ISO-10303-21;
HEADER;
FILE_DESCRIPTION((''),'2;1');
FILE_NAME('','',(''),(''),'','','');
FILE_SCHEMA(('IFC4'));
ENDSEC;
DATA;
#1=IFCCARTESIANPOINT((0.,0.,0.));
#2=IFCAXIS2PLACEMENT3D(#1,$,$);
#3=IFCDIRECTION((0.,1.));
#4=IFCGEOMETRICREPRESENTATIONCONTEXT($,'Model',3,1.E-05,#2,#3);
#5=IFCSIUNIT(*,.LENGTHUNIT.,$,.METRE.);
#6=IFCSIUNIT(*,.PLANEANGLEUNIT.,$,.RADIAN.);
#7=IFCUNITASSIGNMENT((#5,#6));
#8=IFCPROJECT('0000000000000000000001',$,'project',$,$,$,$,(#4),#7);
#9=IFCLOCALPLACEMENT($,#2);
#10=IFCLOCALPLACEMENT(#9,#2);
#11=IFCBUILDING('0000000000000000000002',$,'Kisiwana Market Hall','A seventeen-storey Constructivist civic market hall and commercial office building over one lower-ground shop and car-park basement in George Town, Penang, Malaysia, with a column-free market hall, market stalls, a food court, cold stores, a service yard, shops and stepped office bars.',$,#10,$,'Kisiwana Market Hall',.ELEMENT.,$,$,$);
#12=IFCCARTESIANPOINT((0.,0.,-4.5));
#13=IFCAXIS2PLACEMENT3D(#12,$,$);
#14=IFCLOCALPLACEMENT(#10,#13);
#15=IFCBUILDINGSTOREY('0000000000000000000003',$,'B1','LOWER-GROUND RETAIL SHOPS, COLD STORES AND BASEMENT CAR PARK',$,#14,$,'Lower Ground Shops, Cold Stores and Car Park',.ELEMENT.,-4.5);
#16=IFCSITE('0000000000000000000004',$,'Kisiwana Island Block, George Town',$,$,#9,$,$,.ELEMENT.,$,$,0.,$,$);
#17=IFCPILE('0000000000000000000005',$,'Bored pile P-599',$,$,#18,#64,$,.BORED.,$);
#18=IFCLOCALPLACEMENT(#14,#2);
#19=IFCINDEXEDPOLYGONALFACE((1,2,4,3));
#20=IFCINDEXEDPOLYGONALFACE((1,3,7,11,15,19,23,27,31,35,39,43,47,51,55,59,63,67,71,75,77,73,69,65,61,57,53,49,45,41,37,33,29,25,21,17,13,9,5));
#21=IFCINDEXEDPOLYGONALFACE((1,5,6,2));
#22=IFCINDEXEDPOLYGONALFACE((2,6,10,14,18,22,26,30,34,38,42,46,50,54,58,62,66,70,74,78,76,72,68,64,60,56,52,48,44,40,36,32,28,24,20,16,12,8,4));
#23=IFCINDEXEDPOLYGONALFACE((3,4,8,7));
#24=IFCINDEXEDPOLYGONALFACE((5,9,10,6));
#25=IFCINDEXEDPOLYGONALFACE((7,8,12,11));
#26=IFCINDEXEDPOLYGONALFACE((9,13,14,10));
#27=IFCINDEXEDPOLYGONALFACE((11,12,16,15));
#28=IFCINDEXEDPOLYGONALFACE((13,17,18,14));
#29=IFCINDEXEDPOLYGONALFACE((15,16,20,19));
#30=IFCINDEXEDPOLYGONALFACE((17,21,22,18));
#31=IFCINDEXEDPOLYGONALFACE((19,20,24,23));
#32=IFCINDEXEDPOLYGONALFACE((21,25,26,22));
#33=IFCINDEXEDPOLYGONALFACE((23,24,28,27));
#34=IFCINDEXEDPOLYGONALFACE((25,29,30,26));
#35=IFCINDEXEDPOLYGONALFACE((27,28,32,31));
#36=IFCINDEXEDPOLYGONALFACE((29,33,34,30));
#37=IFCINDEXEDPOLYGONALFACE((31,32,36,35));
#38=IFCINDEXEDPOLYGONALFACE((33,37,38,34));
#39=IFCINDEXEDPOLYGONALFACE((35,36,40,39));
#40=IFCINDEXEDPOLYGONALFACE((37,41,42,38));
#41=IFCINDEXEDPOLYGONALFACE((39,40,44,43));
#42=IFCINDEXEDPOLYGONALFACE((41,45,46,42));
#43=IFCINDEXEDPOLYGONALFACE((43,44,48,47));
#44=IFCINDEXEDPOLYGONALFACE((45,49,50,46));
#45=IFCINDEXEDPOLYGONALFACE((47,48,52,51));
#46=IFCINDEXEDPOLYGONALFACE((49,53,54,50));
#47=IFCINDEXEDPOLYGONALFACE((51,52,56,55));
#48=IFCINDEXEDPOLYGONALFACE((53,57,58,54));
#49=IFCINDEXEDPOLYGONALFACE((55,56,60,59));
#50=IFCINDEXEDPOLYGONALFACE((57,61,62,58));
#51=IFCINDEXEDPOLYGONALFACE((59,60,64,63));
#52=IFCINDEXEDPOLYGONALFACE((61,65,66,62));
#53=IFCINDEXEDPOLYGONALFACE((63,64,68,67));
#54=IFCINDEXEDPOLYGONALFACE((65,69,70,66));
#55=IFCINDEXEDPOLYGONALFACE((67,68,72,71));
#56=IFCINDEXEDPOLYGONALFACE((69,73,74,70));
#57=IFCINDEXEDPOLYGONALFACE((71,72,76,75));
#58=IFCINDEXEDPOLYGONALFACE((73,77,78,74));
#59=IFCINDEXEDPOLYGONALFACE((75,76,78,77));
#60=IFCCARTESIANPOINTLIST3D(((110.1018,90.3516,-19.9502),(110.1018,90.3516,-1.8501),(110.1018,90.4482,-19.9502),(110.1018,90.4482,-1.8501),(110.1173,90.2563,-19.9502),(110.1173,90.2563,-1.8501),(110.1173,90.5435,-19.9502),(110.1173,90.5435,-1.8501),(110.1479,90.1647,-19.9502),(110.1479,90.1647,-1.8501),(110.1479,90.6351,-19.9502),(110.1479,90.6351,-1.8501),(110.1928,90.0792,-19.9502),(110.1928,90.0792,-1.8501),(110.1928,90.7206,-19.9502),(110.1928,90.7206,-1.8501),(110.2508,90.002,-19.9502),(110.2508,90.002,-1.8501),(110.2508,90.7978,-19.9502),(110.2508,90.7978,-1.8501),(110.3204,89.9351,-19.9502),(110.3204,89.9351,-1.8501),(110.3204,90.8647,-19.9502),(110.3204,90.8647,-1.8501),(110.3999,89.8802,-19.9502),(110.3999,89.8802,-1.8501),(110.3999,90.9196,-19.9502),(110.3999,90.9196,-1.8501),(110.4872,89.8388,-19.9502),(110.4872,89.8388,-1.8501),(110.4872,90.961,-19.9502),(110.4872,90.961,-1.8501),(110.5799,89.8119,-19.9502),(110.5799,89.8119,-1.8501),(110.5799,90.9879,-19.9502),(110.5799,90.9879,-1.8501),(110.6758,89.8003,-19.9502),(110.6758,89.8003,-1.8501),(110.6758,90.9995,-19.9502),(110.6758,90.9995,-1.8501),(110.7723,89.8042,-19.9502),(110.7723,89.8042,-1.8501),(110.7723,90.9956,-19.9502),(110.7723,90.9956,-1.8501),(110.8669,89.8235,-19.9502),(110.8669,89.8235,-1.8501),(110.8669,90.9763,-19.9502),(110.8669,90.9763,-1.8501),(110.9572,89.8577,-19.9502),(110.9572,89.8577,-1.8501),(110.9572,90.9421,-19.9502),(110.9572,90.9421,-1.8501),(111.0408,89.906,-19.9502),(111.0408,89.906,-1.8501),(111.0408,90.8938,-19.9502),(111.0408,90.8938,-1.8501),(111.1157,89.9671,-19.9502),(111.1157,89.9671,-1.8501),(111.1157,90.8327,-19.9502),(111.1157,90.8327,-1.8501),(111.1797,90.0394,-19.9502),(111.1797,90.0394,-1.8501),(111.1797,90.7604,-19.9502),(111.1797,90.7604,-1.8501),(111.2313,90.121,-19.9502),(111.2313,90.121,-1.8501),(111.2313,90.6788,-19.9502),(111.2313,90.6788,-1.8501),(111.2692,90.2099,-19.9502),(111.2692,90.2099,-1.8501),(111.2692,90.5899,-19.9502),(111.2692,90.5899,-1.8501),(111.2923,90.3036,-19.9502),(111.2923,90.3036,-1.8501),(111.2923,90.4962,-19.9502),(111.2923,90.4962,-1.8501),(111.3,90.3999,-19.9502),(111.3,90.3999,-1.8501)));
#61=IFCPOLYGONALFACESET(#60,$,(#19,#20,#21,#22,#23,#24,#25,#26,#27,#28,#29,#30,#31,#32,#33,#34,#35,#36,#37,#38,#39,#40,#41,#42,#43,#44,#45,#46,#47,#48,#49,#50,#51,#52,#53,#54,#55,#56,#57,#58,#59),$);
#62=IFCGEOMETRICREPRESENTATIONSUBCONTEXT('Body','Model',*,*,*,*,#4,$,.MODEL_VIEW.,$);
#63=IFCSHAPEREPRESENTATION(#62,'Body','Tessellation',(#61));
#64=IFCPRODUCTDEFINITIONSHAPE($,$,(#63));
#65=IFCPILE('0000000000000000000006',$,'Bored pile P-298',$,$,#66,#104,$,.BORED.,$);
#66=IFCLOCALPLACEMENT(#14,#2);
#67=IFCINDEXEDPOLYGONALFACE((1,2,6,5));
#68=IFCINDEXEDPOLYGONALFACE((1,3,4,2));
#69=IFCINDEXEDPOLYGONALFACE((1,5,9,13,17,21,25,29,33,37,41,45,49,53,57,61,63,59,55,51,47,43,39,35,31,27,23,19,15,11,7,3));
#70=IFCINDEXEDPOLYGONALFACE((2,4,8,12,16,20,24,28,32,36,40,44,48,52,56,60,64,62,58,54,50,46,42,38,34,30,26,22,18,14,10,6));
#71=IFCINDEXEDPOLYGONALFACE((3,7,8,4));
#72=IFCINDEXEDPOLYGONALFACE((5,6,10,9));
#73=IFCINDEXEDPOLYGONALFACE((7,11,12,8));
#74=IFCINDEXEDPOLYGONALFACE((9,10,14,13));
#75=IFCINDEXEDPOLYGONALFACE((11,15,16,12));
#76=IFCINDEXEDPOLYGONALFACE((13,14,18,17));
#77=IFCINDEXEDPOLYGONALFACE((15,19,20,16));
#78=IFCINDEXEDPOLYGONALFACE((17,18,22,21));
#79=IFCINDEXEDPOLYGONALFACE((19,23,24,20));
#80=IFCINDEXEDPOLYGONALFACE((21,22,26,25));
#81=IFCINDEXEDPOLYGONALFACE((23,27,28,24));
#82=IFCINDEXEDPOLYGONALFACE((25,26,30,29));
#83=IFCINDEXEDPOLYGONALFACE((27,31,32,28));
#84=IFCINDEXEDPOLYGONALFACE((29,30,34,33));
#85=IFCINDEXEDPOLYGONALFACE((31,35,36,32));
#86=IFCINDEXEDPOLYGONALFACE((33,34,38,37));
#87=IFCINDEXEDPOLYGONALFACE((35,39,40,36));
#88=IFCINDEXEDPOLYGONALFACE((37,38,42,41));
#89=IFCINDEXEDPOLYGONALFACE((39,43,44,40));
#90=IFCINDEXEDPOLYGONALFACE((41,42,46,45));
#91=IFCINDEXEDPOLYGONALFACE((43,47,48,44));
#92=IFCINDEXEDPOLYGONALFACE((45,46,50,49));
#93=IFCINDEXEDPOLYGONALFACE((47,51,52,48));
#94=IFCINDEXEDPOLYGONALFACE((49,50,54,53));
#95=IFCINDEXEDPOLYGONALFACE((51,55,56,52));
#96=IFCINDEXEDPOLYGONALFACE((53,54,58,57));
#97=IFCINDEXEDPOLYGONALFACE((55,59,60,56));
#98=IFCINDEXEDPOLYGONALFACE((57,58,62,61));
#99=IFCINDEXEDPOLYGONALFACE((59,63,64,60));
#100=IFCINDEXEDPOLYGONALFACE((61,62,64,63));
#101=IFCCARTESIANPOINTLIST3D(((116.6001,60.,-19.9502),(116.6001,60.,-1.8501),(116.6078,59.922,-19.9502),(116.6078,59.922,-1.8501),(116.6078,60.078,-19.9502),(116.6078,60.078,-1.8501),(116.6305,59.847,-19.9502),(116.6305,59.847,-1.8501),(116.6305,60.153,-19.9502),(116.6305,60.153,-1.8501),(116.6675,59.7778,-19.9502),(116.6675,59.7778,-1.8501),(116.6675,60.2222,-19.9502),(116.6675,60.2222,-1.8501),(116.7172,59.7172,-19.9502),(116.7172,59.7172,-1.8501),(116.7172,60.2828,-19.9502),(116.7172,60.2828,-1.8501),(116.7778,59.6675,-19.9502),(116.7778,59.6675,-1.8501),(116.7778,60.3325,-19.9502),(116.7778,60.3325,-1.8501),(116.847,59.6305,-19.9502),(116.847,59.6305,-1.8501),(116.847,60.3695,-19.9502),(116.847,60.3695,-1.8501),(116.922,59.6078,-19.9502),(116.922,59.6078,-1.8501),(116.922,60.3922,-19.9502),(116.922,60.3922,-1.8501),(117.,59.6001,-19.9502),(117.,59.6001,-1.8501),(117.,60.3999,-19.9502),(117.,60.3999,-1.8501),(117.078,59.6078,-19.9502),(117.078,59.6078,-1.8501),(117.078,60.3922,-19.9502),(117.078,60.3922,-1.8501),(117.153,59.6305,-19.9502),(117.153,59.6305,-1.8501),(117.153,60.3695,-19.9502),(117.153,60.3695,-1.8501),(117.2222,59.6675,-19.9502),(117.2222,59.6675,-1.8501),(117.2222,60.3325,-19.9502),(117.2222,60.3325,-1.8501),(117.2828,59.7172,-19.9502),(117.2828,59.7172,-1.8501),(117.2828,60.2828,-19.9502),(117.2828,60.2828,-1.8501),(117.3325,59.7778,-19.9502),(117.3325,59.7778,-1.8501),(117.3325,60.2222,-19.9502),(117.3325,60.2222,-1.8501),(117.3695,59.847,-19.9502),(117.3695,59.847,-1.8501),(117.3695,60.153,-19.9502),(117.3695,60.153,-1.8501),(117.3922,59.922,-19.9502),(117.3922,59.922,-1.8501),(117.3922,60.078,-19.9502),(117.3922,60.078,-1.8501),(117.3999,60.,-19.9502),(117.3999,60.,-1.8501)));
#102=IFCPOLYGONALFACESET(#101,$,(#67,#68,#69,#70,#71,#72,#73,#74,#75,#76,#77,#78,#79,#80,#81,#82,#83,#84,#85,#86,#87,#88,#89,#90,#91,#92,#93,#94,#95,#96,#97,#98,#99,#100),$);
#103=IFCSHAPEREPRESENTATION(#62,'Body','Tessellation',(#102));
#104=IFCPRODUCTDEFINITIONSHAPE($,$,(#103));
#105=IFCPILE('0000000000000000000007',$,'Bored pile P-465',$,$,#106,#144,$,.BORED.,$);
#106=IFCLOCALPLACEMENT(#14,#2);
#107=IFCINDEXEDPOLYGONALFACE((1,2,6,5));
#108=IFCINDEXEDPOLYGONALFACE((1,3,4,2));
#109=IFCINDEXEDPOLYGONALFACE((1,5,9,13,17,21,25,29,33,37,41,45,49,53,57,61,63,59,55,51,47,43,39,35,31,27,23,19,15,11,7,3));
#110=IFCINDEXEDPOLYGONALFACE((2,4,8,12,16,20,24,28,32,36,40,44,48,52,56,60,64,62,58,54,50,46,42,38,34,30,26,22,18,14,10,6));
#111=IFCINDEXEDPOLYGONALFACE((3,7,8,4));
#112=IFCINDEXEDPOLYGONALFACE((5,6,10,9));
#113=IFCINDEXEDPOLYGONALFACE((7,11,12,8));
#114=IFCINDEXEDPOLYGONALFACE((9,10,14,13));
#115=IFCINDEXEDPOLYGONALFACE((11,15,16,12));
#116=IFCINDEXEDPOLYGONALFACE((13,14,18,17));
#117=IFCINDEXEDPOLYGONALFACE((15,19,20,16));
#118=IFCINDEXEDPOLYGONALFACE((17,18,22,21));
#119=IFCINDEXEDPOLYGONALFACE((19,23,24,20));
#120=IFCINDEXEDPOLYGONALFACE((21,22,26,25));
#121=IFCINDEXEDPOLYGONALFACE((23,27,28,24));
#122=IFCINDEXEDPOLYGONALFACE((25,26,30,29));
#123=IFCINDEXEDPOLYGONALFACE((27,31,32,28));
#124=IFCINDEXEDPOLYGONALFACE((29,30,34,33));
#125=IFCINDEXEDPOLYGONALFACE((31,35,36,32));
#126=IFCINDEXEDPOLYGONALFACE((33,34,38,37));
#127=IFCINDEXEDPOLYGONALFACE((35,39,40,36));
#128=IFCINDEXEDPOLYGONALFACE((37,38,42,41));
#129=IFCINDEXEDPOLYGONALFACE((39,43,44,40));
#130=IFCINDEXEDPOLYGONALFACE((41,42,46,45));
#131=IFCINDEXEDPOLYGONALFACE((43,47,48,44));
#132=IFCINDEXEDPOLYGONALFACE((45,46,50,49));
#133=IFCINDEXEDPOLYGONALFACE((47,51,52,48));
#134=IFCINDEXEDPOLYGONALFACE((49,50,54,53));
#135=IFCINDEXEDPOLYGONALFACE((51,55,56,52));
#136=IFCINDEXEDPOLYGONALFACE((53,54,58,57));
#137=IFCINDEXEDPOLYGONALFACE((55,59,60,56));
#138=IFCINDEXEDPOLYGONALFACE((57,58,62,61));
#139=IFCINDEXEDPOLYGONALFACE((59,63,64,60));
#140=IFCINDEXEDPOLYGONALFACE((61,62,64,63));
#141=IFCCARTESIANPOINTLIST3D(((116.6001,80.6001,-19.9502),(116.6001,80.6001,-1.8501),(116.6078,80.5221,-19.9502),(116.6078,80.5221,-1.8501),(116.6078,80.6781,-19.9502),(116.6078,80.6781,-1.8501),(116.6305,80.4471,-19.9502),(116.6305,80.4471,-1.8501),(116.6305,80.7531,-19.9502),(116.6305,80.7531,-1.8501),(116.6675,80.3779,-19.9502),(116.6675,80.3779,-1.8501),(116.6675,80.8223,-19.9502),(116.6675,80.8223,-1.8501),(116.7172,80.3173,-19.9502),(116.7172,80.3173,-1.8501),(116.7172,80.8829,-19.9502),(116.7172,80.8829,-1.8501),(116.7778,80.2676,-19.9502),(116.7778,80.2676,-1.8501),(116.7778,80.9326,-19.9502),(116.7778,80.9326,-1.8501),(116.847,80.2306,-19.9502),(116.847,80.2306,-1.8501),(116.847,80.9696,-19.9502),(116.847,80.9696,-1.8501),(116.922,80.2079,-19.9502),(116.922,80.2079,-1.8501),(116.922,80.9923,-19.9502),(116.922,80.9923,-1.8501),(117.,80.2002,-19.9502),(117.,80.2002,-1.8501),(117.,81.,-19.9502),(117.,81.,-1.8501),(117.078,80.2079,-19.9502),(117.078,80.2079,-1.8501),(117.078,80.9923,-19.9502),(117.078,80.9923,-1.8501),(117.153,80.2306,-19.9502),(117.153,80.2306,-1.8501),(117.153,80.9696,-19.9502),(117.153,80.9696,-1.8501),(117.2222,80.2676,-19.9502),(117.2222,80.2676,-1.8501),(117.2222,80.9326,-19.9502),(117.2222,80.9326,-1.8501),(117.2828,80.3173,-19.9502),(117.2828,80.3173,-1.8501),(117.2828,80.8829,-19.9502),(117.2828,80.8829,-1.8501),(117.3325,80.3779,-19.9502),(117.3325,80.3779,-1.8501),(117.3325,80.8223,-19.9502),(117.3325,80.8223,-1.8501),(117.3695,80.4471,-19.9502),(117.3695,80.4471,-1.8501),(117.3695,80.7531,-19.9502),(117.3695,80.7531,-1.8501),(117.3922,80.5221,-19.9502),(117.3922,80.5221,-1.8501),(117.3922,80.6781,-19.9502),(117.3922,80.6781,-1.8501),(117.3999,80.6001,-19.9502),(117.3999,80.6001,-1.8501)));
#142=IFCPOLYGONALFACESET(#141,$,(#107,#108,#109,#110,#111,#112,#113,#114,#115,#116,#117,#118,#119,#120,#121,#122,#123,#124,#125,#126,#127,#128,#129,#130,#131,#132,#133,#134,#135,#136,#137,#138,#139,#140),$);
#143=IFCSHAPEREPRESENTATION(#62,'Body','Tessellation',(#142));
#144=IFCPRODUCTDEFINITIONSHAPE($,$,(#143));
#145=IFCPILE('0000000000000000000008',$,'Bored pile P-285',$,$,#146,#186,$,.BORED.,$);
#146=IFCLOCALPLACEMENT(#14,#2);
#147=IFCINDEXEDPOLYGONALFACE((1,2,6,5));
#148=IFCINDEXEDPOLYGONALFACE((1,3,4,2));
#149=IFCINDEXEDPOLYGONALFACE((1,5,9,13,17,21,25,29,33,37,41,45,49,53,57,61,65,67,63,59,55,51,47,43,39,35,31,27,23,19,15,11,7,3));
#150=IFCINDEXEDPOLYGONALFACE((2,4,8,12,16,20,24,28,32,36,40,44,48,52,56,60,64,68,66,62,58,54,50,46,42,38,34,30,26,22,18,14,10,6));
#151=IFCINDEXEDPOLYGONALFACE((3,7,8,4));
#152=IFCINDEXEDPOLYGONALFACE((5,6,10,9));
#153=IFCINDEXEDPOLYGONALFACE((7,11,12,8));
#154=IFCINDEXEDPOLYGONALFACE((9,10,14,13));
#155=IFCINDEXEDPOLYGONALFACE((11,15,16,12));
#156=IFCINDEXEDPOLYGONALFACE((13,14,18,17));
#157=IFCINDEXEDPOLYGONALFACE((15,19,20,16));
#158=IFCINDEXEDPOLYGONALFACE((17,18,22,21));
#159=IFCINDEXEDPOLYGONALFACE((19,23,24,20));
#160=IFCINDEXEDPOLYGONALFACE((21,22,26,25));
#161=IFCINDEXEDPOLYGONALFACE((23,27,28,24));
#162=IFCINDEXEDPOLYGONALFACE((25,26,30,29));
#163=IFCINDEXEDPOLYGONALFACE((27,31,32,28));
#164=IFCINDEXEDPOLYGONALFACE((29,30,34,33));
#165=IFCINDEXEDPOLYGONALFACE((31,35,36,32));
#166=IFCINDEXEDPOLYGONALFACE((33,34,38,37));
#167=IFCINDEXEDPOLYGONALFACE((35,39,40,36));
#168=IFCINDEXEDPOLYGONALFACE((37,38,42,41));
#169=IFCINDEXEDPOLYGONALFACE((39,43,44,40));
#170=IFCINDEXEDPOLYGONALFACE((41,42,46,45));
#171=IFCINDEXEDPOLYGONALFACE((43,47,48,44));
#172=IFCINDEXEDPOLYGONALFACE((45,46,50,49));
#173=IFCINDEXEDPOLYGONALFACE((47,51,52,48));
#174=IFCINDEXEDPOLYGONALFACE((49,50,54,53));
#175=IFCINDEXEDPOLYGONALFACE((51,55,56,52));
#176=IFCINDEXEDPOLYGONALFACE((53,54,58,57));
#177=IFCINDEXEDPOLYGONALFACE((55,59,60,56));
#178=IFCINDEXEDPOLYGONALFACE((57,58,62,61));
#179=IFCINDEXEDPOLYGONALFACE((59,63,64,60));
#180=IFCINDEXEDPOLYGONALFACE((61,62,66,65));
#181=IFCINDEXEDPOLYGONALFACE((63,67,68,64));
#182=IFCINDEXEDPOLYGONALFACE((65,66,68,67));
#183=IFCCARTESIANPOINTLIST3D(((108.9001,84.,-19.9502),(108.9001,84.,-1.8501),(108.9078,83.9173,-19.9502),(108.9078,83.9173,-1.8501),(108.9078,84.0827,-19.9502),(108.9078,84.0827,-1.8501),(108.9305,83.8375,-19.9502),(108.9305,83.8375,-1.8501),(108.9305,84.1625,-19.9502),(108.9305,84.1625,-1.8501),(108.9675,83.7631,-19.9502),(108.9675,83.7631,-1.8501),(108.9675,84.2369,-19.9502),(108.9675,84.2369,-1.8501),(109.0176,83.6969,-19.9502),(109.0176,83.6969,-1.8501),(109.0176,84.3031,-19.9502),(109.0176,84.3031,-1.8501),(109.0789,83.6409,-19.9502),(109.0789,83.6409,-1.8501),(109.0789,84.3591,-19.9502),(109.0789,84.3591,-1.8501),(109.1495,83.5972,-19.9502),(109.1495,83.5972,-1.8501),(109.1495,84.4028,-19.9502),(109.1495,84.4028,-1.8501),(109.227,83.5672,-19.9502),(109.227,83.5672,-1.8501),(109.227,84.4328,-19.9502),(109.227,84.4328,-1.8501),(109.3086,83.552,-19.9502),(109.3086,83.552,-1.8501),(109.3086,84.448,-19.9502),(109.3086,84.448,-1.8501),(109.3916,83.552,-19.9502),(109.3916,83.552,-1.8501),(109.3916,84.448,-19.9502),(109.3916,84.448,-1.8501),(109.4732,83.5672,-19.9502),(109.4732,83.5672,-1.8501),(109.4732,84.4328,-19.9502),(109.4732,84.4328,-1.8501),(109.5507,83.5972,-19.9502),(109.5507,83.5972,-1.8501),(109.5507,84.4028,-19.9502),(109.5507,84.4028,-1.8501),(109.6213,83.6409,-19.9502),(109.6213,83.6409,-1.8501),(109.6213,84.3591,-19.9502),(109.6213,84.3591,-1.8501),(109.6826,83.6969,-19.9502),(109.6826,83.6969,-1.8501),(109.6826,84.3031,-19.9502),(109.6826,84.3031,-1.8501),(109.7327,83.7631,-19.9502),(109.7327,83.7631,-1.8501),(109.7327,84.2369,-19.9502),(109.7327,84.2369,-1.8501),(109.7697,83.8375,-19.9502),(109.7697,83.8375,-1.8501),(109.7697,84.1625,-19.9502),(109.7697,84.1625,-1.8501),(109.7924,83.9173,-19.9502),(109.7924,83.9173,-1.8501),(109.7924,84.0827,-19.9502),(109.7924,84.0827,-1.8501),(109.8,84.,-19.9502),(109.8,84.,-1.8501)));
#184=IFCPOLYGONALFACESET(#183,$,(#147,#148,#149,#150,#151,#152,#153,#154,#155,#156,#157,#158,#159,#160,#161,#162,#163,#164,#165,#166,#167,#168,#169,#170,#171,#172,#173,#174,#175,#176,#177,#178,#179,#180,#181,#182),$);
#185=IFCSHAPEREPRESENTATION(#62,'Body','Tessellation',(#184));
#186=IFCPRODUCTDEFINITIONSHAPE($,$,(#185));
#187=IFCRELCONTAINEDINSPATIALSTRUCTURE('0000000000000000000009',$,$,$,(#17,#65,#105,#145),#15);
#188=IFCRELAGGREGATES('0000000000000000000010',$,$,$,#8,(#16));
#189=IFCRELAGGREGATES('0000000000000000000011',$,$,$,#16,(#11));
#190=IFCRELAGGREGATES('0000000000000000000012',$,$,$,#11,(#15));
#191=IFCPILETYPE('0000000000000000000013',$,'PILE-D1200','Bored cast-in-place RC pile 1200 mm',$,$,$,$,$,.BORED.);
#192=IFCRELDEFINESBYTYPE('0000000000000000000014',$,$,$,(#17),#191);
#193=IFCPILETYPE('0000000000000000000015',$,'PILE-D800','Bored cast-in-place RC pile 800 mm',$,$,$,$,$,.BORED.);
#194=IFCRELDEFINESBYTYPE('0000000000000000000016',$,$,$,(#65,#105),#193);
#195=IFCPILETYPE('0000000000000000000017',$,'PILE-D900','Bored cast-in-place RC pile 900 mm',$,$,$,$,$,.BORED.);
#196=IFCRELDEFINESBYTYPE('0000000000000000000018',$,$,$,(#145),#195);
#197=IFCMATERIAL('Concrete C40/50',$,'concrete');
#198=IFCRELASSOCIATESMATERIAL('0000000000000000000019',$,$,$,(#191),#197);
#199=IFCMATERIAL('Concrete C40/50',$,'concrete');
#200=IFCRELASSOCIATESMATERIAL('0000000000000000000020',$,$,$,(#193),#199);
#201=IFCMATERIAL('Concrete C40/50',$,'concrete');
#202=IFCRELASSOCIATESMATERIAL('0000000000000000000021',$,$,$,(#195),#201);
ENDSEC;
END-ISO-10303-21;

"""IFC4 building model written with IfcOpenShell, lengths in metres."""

from ifc_helpers import new_model, si_unit, direction, frame, origin, origin_2d, place, context, subcontext, project, spatial, circle, extrude, material, material_profile, profile_set, type_object, element, save


model = new_model("IFC4")

# Units and contexts
model_context = context("Model", 3, precision=1e-05, world=origin(), true_north=direction((0.0, 1.0)))
body_context = subcontext(model_context, "Body", "Model", "MODEL_VIEW")
ifc_project = project(units=[si_unit("LENGTHUNIT", "METRE"), si_unit("PLANEANGLEUNIT", "RADIAN")], contexts=[model_context])

# Site, building, storey
site_placement = place(None, origin())
site = spatial("IfcSite", under=ifc_project, at=site_placement, Name="Kisiwana Island Block, George Town", CompositionType="ELEMENT", RefElevation=0.0)
building_placement = place(site_placement, origin())
building = spatial("IfcBuilding", under=site, at=building_placement, Name="Kisiwana Market Hall", Description="A seventeen-storey Constructivist civic market hall and commercial office building over one lower-ground shop and car-park basement in George Town, Penang, Malaysia, with a column-free market hall, market stalls, a food court, cold stores, a service yard, shops and stepped office bars.", LongName="Kisiwana Market Hall", CompositionType="ELEMENT")
storey_placement = place(building_placement, frame((0.0, 0.0, -4.5)))
storey = spatial("IfcBuildingStorey", under=building, at=storey_placement, Name="B1", Description="LOWER-GROUND RETAIL SHOPS, COLD STORES AND BASEMENT CAR PARK", LongName="Lower Ground Shops, Cold Stores and Car Park", CompositionType="ELEMENT", Elevation=-4.5)

# Piles
ifc_material_1 = material(Name="Concrete C40/50", Category="concrete")
ifc_material_profile_1 = material_profile(ifc_material_1, circle(Radius=0.6001, at=origin_2d()), Name="BP D1200")
ifc_profile_set_1 = profile_set([ifc_material_profile_1], Name="Concrete C40/50")
pile_type_1 = type_object("IfcPileType", Name="PILE-D1200", Description="Bored cast-in-place RC pile 1200 mm", PredefinedType="BORED", material=ifc_profile_set_1)
pile_placement = place(storey_placement, frame((110.7, 90.3999, -1.8501), z_axis=(0.0, 0.0, -1.0), x_axis=(1.0, 0.0, 0.0)))
element("IfcPile", 1, at=pile_placement, inside=storey, type_object=pile_type_1, Name="Bored pile P-599", PredefinedType="BORED", context=body_context, shape_type="SweptSolid", body=[
    extrude(circle(Radius=0.6001, at=origin_2d()), origin(), (0.0, 0.0, 1.0), 18.1001),
])
ifc_material_2 = material(Name="Concrete C40/50", Category="concrete")
ifc_material_profile_2 = material_profile(ifc_material_2, circle(Radius=0.3999, at=origin_2d()), Name="BP D800")
ifc_profile_set_2 = profile_set([ifc_material_profile_2], Name="Concrete C40/50")
pile_type_2 = type_object("IfcPileType", Name="PILE-D800", Description="Bored cast-in-place RC pile 800 mm", PredefinedType="BORED", material=ifc_profile_set_2)
for number, where, z_axis, x_axis, name in (
    (2, (117.0, 60.0, -1.8501), (0.0, 0.0, -1.0), (1.0, 0.0, 0.0), "Bored pile P-298"),
    (3, (117.0, 80.6001, -1.8501), (0.0, 0.0, -1.0), (1.0, 0.0, 0.0), "Bored pile P-465"),
):
    element("IfcPile", number, at=place(storey_placement, frame(where, z_axis=z_axis, x_axis=x_axis)), inside=storey, type_object=pile_type_2, Name=name, PredefinedType="BORED", context=body_context, shape_type="SweptSolid", body=[
        extrude(circle(Radius=0.3999, at=origin_2d()), origin(), (0.0, 0.0, 1.0), 18.1001),
    ])
ifc_material_3 = material(Name="Concrete C40/50", Category="concrete")
ifc_material_profile_3 = material_profile(ifc_material_3, circle(Radius=0.45, at=origin_2d()), Name="BP D900")
ifc_profile_set_3 = profile_set([ifc_material_profile_3], Name="Concrete C40/50")
pile_type_3 = type_object("IfcPileType", Name="PILE-D900", Description="Bored cast-in-place RC pile 900 mm", PredefinedType="BORED", material=ifc_profile_set_3)
for number, where, z_axis, x_axis, name in (
    (4, (109.3501, 84.0, -1.8501), (0.0, 0.0, -1.0), (1.0, 0.0, 0.0), "Bored pile P-285"),
):
    element("IfcPile", number, at=place(storey_placement, frame(where, z_axis=z_axis, x_axis=x_axis)), inside=storey, type_object=pile_type_3, Name=name, PredefinedType="BORED", context=body_context, shape_type="SweptSolid", body=[
        extrude(circle(Radius=0.45, at=origin_2d()), origin(), (0.0, 0.0, 1.0), 18.1001),
    ])

save(model, "model.ifc")
